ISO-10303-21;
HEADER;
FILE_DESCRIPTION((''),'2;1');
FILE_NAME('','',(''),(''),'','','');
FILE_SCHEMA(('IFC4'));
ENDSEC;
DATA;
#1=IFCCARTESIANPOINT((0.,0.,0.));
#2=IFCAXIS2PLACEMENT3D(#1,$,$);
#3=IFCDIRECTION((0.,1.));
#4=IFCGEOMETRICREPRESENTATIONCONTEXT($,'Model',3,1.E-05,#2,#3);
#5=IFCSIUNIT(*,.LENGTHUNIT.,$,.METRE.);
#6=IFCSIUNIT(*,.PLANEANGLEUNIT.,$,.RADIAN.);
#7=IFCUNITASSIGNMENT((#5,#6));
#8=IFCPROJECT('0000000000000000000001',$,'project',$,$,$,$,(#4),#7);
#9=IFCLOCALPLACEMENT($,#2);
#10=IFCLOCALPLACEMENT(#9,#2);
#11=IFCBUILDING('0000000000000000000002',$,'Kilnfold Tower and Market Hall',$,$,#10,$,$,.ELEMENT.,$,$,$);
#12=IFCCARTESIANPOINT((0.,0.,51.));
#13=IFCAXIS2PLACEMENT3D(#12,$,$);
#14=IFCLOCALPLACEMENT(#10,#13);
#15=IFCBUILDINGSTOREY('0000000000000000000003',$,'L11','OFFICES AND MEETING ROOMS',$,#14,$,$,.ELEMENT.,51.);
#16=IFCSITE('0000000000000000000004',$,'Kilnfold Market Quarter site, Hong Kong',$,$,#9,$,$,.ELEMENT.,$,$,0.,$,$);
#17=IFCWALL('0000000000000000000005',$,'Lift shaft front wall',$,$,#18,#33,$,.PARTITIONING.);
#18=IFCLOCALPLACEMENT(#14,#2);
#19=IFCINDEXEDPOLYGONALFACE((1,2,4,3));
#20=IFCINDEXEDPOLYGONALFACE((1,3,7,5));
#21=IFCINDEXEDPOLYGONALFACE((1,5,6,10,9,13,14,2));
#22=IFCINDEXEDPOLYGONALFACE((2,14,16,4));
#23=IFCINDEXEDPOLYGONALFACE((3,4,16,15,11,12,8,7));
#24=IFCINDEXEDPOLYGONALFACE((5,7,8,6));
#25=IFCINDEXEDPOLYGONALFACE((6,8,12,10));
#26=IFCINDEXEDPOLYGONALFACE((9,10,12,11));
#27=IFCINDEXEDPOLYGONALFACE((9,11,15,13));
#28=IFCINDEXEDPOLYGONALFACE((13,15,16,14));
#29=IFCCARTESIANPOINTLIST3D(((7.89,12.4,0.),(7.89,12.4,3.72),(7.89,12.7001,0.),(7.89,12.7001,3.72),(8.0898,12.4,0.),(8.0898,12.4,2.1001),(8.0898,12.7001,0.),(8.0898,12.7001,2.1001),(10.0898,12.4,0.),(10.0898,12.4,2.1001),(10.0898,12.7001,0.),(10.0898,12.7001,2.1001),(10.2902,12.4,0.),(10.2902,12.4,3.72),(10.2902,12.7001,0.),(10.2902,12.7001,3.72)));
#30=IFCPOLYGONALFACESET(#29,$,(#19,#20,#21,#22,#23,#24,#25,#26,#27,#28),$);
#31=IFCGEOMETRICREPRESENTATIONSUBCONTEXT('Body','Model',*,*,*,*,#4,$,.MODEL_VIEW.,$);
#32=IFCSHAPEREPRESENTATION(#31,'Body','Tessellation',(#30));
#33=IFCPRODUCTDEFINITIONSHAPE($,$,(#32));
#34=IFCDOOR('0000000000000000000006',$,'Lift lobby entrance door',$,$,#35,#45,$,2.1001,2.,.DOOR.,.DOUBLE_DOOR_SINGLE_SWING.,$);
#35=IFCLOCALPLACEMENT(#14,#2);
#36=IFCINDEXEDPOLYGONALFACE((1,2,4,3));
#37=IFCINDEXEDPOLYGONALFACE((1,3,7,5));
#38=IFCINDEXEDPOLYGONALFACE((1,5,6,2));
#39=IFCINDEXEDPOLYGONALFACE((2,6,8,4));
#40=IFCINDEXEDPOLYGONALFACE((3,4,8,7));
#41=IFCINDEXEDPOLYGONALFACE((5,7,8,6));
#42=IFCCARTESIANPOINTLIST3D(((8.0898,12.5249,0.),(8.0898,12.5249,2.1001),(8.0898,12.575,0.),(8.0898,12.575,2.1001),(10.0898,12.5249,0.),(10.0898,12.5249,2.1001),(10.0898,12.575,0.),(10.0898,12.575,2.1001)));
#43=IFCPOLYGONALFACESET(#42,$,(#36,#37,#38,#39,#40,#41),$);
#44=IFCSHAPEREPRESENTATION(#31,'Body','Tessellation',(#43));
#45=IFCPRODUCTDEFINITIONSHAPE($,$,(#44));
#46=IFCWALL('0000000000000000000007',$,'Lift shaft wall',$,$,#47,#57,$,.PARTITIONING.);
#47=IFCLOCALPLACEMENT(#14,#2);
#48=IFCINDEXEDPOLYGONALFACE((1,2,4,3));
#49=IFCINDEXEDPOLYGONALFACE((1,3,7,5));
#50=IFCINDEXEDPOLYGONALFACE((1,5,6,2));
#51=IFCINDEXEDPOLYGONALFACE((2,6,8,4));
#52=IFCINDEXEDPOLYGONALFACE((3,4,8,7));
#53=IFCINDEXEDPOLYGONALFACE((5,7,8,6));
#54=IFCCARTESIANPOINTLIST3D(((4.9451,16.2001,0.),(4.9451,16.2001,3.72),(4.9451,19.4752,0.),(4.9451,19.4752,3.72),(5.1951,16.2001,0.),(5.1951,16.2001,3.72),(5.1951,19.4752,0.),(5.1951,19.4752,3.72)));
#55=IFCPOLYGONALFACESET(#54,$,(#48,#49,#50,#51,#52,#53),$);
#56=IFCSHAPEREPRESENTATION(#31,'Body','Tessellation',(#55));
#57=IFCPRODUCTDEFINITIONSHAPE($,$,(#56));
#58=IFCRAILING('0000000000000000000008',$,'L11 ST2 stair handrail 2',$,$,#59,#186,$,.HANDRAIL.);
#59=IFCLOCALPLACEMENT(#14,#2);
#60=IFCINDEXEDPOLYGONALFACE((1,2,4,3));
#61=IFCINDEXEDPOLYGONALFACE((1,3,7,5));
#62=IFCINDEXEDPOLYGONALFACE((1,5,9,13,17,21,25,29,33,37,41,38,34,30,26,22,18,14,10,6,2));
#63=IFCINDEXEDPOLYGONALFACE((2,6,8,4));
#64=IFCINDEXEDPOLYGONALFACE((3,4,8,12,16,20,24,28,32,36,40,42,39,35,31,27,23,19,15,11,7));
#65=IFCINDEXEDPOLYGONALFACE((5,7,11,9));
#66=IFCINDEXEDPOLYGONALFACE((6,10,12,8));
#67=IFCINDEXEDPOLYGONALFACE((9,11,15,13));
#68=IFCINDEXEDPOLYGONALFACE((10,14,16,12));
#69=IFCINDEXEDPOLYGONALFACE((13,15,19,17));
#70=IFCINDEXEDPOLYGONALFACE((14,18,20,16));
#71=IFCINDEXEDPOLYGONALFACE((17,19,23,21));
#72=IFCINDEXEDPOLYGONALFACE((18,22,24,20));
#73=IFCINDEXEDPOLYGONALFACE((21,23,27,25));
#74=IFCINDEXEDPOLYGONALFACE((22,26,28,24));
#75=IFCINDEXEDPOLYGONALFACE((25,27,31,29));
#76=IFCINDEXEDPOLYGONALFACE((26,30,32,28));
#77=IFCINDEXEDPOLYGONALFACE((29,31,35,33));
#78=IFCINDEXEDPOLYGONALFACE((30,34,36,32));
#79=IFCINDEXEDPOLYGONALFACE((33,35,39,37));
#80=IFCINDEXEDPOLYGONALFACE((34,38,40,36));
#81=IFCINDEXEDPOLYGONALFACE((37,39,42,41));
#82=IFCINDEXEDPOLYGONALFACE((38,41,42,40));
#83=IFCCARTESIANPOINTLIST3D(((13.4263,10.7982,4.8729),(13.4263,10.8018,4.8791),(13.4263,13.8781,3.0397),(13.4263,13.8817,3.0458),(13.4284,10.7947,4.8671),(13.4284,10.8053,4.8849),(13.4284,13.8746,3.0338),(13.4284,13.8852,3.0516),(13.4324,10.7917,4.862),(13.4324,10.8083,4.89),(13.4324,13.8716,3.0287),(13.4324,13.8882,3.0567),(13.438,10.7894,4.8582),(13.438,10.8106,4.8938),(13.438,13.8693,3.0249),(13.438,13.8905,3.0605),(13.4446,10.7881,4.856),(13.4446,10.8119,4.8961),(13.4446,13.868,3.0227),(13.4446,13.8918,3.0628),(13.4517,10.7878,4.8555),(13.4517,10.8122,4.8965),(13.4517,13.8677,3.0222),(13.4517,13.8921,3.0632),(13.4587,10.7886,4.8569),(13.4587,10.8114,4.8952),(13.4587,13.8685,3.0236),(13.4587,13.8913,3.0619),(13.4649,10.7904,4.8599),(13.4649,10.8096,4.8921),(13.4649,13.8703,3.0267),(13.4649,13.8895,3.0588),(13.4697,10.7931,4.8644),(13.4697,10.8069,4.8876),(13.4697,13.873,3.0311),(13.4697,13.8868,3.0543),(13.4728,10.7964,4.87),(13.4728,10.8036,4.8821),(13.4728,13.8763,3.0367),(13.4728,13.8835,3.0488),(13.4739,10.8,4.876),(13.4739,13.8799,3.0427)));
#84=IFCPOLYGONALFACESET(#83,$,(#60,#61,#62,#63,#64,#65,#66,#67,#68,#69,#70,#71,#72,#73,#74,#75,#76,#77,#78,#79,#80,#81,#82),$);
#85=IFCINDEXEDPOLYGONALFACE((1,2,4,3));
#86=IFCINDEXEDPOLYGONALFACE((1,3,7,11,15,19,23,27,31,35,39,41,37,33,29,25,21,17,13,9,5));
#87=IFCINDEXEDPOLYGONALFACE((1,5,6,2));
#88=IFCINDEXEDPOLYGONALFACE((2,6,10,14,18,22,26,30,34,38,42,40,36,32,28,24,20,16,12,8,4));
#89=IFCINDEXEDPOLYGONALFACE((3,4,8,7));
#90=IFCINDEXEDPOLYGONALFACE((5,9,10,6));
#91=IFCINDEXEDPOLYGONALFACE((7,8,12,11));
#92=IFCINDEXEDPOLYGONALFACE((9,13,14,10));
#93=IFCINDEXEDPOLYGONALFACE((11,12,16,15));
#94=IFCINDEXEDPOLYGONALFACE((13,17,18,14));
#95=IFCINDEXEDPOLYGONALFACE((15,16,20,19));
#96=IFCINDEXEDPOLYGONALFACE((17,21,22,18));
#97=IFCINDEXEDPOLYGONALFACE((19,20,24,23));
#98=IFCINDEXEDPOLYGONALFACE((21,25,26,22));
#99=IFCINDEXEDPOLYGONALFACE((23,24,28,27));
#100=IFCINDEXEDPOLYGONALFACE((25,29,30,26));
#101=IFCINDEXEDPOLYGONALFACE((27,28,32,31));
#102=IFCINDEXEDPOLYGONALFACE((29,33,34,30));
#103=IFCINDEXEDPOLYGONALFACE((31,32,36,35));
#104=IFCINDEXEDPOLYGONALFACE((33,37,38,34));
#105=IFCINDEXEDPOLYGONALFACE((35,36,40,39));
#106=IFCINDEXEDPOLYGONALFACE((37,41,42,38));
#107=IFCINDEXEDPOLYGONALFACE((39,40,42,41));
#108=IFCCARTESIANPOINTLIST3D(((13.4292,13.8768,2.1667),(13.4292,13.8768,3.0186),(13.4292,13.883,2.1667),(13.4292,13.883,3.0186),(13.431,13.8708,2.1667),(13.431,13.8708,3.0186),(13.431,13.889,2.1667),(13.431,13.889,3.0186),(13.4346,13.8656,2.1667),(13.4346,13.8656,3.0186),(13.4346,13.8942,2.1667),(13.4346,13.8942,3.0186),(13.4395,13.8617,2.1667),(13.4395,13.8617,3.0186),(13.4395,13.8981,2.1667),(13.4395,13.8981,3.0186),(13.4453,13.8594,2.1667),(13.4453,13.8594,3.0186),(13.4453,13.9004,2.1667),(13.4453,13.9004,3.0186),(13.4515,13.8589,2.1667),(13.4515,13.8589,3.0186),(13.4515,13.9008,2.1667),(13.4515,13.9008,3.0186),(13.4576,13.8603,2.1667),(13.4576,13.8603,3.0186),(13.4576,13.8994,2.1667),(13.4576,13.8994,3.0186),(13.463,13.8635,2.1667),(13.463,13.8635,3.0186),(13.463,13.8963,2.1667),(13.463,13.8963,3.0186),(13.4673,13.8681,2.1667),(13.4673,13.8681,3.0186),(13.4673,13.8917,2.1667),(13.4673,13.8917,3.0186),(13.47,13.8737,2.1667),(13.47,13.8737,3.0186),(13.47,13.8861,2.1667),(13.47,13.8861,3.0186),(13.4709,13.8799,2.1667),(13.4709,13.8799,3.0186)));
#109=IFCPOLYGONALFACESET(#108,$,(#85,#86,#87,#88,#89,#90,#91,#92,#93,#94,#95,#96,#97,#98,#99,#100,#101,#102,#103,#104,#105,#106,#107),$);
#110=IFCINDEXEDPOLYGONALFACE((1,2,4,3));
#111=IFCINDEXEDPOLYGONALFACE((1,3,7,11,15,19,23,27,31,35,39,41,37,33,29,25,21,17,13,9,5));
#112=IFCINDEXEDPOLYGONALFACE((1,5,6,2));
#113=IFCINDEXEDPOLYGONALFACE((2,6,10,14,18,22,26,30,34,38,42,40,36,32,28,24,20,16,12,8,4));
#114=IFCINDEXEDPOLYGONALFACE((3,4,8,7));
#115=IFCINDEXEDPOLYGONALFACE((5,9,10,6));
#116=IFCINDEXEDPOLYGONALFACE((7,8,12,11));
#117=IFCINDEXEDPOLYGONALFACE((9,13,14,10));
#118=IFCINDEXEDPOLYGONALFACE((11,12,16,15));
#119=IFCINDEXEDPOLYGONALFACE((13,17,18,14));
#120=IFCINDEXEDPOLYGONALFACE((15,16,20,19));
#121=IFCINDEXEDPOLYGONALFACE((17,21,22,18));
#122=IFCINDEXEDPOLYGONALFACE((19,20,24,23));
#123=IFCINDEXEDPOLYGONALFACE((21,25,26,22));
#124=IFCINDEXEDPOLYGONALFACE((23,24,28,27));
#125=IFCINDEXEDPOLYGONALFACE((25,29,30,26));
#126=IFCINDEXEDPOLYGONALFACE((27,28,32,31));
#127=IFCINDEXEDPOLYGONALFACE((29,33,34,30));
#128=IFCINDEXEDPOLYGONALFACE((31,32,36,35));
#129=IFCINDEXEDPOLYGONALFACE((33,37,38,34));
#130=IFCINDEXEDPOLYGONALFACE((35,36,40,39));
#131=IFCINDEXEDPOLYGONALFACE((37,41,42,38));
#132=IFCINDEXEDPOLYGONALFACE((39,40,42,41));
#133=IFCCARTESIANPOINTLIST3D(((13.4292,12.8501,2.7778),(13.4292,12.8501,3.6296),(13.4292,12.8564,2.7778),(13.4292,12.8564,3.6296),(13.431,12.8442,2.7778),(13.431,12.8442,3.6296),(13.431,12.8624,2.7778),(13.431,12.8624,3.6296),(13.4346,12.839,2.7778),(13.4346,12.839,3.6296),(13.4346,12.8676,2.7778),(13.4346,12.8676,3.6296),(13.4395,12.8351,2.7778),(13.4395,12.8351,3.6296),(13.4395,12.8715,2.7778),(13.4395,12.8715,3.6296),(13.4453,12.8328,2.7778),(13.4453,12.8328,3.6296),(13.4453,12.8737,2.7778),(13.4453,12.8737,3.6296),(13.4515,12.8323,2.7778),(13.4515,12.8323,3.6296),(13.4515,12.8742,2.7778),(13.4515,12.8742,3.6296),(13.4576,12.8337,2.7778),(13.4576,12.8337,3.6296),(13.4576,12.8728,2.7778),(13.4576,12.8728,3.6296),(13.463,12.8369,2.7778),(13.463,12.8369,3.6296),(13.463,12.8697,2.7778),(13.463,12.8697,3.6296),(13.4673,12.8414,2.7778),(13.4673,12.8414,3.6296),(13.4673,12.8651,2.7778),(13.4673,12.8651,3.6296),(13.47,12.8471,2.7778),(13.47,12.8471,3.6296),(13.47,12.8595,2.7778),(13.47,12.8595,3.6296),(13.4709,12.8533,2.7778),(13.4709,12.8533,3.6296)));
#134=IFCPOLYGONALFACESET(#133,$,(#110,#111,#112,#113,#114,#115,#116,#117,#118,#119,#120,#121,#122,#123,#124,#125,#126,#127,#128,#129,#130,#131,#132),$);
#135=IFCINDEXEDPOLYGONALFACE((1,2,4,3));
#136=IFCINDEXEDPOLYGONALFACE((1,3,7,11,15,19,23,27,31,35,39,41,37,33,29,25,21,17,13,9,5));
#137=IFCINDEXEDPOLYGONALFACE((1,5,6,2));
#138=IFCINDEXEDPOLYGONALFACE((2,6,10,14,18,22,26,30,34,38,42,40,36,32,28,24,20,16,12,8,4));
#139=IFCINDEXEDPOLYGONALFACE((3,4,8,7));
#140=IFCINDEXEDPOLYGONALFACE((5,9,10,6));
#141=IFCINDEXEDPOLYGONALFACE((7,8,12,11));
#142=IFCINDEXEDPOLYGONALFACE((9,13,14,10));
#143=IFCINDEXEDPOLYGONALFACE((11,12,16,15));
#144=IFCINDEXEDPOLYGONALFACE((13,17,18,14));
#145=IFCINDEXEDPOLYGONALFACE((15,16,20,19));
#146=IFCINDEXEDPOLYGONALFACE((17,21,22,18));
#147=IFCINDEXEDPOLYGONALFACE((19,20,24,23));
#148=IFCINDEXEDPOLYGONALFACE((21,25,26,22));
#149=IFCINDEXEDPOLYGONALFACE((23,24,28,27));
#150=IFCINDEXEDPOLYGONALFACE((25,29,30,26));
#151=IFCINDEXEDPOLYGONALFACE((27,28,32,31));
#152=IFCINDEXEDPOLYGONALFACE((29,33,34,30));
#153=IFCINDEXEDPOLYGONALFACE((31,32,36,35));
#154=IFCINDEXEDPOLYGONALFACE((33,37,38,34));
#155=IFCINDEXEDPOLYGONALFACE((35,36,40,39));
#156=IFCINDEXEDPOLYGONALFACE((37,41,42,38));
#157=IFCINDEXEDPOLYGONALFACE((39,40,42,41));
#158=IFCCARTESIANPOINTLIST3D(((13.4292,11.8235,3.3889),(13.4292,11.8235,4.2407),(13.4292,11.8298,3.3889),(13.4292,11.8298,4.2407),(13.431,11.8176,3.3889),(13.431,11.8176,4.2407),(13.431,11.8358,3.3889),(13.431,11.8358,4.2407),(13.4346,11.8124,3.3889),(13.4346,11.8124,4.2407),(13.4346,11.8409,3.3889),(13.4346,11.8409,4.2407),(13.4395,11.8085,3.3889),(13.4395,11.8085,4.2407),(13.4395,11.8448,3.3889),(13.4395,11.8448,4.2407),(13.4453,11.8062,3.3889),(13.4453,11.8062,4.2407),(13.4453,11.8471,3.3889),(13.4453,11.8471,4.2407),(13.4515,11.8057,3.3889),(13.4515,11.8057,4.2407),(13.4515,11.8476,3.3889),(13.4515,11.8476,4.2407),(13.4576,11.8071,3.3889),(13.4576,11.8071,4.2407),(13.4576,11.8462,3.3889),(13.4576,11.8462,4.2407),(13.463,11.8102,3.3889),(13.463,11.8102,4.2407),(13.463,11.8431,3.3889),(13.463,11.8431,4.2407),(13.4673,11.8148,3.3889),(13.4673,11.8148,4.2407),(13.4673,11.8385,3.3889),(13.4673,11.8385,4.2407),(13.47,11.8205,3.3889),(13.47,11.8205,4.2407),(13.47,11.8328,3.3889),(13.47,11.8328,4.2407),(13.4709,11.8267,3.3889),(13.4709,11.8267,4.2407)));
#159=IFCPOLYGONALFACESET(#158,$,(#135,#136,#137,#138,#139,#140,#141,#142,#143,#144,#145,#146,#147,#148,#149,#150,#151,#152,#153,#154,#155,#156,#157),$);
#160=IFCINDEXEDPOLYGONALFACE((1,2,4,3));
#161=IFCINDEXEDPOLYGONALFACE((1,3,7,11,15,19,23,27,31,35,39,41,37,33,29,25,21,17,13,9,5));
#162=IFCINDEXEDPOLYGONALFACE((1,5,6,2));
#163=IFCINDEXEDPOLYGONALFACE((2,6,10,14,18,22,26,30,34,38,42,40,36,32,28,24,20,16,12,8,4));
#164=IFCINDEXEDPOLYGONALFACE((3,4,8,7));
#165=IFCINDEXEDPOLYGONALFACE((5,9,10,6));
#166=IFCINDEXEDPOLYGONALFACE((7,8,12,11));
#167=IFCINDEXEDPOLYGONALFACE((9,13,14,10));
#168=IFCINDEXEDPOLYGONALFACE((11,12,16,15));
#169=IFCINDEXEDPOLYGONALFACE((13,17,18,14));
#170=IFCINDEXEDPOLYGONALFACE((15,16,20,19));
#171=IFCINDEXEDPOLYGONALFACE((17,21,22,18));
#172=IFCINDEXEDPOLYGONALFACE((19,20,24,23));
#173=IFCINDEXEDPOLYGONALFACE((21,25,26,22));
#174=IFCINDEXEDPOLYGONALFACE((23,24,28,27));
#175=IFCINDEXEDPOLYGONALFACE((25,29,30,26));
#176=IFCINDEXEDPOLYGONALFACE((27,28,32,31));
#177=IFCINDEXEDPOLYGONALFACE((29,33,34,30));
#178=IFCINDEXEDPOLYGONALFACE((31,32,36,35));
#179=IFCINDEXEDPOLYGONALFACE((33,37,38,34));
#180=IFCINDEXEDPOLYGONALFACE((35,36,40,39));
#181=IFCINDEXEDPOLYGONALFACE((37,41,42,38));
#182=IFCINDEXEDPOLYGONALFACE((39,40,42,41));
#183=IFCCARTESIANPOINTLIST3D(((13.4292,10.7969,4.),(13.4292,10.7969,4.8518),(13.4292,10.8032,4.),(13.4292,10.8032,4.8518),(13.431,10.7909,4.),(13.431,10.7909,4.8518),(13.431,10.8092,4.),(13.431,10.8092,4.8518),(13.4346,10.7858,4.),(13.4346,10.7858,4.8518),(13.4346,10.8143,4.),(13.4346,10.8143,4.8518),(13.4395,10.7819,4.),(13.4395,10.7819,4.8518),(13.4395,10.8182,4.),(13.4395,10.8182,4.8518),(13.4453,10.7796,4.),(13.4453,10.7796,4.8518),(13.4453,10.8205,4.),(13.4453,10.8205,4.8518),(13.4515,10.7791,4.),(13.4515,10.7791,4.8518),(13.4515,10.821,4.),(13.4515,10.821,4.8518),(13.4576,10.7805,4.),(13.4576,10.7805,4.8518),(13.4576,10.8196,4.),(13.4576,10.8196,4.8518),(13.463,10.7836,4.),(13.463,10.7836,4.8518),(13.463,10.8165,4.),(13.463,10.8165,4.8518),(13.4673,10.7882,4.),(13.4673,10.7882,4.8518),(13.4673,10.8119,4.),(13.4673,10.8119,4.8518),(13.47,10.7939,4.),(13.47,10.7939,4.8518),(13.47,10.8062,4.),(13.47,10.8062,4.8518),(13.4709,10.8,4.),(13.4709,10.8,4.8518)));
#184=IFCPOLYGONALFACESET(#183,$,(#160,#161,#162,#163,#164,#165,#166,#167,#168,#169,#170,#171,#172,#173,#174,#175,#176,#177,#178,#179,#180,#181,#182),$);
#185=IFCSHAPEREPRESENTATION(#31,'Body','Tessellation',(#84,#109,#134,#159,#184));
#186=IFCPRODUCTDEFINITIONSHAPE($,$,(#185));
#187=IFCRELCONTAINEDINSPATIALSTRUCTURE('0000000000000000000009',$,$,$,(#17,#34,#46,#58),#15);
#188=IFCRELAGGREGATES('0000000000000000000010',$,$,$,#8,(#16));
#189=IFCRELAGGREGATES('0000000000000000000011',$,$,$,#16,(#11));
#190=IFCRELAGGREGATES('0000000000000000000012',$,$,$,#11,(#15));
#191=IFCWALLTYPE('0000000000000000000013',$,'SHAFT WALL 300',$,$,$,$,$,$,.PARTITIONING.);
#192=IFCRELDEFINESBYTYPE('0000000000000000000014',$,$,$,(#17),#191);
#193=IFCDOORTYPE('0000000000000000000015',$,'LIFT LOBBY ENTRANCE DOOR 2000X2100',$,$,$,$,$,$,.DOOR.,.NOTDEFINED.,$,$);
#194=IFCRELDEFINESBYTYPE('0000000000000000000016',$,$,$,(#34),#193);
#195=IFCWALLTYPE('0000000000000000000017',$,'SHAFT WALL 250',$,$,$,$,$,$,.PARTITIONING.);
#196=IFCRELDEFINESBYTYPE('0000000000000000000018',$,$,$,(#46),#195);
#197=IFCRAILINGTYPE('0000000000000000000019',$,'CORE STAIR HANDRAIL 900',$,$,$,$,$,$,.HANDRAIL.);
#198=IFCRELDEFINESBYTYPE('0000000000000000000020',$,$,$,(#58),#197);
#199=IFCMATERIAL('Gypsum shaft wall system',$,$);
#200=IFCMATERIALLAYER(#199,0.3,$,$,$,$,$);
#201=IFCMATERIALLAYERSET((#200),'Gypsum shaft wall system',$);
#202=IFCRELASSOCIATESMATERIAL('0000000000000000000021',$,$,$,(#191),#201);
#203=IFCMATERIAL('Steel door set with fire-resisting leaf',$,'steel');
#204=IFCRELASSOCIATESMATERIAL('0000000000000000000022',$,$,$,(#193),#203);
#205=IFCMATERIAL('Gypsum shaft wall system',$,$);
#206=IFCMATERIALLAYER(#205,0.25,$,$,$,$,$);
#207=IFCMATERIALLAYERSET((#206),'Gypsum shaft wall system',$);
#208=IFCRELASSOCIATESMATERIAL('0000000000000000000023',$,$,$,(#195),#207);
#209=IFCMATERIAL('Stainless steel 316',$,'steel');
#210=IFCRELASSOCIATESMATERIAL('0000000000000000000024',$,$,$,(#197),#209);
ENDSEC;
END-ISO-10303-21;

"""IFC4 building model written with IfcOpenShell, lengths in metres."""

from ifc_helpers import new_model, si_unit, direction, frame, frame_2d, origin, origin_2d, place, context, subcontext, project, spatial, rectangle, circle, extrude, source, transform, mapped, material, layer, layer_set, type_object, element, fill, save


model = new_model("IFC4")

# Units and contexts
model_context = context("Model", 3, precision=1e-05, world=origin(), true_north=direction((0.0, 1.0)))
body_context = subcontext(model_context, "Body", "Model", "MODEL_VIEW")
ifc_project = project(units=[si_unit("LENGTHUNIT", "METRE"), si_unit("PLANEANGLEUNIT", "RADIAN")], contexts=[model_context])

# Site, building, storey
site_placement = place(None, origin())
site = spatial("IfcSite", under=ifc_project, at=site_placement, Name="Kilnfold Market Quarter site, Hong Kong", CompositionType="ELEMENT", RefElevation=0.0)
building_placement = place(site_placement, origin())
building = spatial("IfcBuilding", under=site, at=building_placement, Name="Kilnfold Tower and Market Hall", CompositionType="ELEMENT")
storey_placement = place(building_placement, frame((0.0, 0.0, 51.0)))
storey = spatial("IfcBuildingStorey", under=building, at=storey_placement, Name="L11", Description="OFFICES AND MEETING ROOMS", CompositionType="ELEMENT", Elevation=51.0)

# Shared definitions
ifc_material_1 = material(Name="Gypsum shaft wall system")
ifc_layer_1 = layer(ifc_material_1, 0.3)
ifc_layer_set_1 = layer_set([ifc_layer_1], Name="Gypsum shaft wall system")
wall_type_1 = type_object("IfcWallType", Name="SHAFT WALL 300", PredefinedType="PARTITIONING", material=ifc_layer_set_1)

# Wall, opening, door
shared_shape_1 = source(origin(), body_context, "Body", "SweptSolid", [
    extrude(rectangle(XDim=2.4001, YDim=0.3, at=frame_2d((1.2002, 0.0))), origin(), (0.0, 0.0, 1.0), 3.72),
])
wall_1_placement = place(storey_placement, frame((7.8899, 12.55, 0.0), z_axis=(0.0, 0.0, 1.0), x_axis=(1.0, 0.0, 0.0)))
wall_1 = element("IfcWall", 1, at=wall_1_placement, inside=storey, type_object=wall_type_1, Name="Lift shaft front wall", PredefinedType="PARTITIONING", context=body_context, shape_type="MappedRepresentation", body=[
    mapped(shared_shape_1, transform((0.0, 0.0, 0.0))),
])
opening_1_placement = place(wall_1_placement, frame((0.2, 0.0, 0.0)))
opening_1 = element("IfcOpeningElement", 2, at=opening_1_placement, cuts=wall_1, PredefinedType="OPENING", context=body_context, shape_type="SweptSolid", body=[
    extrude(rectangle(XDim=2.0, YDim=2.1001, at=frame_2d((1.0, 1.05))), frame((0.0, 0.1602, 0.0), z_axis=(0.0, -1.0, 0.0), x_axis=(1.0, 0.0, 0.0)), (0.0, 0.0, 1.0), 0.3201),
])
ifc_material_2 = material(Name="Steel door set with fire-resisting leaf", Category="steel")
door_type_1 = type_object("IfcDoorType", Name="LIFT LOBBY ENTRANCE DOOR 2000X2100", OperationType="NOTDEFINED", PredefinedType="DOOR", material=ifc_material_2)
door_1_placement = place(opening_1_placement, origin())
door_1 = element("IfcDoor", 3, at=door_1_placement, inside=storey, type_object=door_type_1, Name="Lift lobby entrance door", OperationType="DOUBLE_DOOR_SINGLE_SWING", OverallHeight=2.1001, OverallWidth=2.0, PredefinedType="DOOR", context=body_context, shape_type="SweptSolid", body=[
    extrude(rectangle(XDim=2.0, YDim=2.1001, at=frame_2d((1.0, 1.05))), frame((0.0, 0.0249, 0.0), z_axis=(0.0, -1.0, 0.0), x_axis=(1.0, 0.0, 0.0)), (0.0, 0.0, 1.0), 0.05),
])
fill(opening_1, door_1)

# Wall
ifc_material_3 = material(Name="Gypsum shaft wall system")
ifc_layer_2 = layer(ifc_material_3, 0.25)
ifc_layer_set_2 = layer_set([ifc_layer_2], Name="Gypsum shaft wall system")
wall_type_2 = type_object("IfcWallType", Name="SHAFT WALL 250", PredefinedType="PARTITIONING", material=ifc_layer_set_2)
shared_shape_2 = source(origin(), body_context, "Body", "SweptSolid", [
    extrude(rectangle(XDim=3.2751, YDim=0.25, at=frame_2d((1.6377, 0.0))), origin(), (0.0, 0.0, 1.0), 3.72),
])
wall_2_placement = place(storey_placement, frame((5.0701, 16.2, 0.0), z_axis=(0.0, 0.0, 1.0), x_axis=(0.0, 1.0, 0.0)))
element("IfcWall", 4, at=wall_2_placement, inside=storey, type_object=wall_type_2, Name="Lift shaft wall", PredefinedType="PARTITIONING", context=body_context, shape_type="MappedRepresentation", body=[
    mapped(shared_shape_2, transform((0.0, 0.0, 0.0))),
])

# Railing
ifc_material_4 = material(Name="Stainless steel 316", Category="steel")
railing_type = type_object("IfcRailingType", Name="CORE STAIR HANDRAIL 900", PredefinedType="HANDRAIL", material=ifc_material_4)
railing_placement = place(storey_placement, frame((13.45, 13.8799, 2.1667)))
element("IfcRailing", 5, at=railing_placement, inside=storey, type_object=railing_type, Name="L11 ST2 stair handrail 2", PredefinedType="HANDRAIL", context=body_context, shape_type="SweptSolid", body=[
    extrude(circle(Radius=0.0239, at=origin_2d()), frame((0.0, 0.0, 0.876), z_axis=(0.0, -0.859291, 0.511487), x_axis=(1.0, 0.0, 0.0)), (0.0, 0.0, 1.0), 3.5842),
    extrude(circle(Radius=0.021, at=origin_2d()), origin(), (0.0, 0.0, 1.0), 0.8518),
    extrude(circle(Radius=0.021, at=origin_2d()), frame((0.0, -1.0266, 0.6111)), (0.0, 0.0, 1.0), 0.8518),
    extrude(circle(Radius=0.021, at=origin_2d()), frame((0.0, -2.0532, 1.2222)), (0.0, 0.0, 1.0), 0.8518),
    extrude(circle(Radius=0.021, at=origin_2d()), frame((0.0, -3.0798, 1.8333)), (0.0, 0.0, 1.0), 0.8518),
])

save(model, "model.ifc")
